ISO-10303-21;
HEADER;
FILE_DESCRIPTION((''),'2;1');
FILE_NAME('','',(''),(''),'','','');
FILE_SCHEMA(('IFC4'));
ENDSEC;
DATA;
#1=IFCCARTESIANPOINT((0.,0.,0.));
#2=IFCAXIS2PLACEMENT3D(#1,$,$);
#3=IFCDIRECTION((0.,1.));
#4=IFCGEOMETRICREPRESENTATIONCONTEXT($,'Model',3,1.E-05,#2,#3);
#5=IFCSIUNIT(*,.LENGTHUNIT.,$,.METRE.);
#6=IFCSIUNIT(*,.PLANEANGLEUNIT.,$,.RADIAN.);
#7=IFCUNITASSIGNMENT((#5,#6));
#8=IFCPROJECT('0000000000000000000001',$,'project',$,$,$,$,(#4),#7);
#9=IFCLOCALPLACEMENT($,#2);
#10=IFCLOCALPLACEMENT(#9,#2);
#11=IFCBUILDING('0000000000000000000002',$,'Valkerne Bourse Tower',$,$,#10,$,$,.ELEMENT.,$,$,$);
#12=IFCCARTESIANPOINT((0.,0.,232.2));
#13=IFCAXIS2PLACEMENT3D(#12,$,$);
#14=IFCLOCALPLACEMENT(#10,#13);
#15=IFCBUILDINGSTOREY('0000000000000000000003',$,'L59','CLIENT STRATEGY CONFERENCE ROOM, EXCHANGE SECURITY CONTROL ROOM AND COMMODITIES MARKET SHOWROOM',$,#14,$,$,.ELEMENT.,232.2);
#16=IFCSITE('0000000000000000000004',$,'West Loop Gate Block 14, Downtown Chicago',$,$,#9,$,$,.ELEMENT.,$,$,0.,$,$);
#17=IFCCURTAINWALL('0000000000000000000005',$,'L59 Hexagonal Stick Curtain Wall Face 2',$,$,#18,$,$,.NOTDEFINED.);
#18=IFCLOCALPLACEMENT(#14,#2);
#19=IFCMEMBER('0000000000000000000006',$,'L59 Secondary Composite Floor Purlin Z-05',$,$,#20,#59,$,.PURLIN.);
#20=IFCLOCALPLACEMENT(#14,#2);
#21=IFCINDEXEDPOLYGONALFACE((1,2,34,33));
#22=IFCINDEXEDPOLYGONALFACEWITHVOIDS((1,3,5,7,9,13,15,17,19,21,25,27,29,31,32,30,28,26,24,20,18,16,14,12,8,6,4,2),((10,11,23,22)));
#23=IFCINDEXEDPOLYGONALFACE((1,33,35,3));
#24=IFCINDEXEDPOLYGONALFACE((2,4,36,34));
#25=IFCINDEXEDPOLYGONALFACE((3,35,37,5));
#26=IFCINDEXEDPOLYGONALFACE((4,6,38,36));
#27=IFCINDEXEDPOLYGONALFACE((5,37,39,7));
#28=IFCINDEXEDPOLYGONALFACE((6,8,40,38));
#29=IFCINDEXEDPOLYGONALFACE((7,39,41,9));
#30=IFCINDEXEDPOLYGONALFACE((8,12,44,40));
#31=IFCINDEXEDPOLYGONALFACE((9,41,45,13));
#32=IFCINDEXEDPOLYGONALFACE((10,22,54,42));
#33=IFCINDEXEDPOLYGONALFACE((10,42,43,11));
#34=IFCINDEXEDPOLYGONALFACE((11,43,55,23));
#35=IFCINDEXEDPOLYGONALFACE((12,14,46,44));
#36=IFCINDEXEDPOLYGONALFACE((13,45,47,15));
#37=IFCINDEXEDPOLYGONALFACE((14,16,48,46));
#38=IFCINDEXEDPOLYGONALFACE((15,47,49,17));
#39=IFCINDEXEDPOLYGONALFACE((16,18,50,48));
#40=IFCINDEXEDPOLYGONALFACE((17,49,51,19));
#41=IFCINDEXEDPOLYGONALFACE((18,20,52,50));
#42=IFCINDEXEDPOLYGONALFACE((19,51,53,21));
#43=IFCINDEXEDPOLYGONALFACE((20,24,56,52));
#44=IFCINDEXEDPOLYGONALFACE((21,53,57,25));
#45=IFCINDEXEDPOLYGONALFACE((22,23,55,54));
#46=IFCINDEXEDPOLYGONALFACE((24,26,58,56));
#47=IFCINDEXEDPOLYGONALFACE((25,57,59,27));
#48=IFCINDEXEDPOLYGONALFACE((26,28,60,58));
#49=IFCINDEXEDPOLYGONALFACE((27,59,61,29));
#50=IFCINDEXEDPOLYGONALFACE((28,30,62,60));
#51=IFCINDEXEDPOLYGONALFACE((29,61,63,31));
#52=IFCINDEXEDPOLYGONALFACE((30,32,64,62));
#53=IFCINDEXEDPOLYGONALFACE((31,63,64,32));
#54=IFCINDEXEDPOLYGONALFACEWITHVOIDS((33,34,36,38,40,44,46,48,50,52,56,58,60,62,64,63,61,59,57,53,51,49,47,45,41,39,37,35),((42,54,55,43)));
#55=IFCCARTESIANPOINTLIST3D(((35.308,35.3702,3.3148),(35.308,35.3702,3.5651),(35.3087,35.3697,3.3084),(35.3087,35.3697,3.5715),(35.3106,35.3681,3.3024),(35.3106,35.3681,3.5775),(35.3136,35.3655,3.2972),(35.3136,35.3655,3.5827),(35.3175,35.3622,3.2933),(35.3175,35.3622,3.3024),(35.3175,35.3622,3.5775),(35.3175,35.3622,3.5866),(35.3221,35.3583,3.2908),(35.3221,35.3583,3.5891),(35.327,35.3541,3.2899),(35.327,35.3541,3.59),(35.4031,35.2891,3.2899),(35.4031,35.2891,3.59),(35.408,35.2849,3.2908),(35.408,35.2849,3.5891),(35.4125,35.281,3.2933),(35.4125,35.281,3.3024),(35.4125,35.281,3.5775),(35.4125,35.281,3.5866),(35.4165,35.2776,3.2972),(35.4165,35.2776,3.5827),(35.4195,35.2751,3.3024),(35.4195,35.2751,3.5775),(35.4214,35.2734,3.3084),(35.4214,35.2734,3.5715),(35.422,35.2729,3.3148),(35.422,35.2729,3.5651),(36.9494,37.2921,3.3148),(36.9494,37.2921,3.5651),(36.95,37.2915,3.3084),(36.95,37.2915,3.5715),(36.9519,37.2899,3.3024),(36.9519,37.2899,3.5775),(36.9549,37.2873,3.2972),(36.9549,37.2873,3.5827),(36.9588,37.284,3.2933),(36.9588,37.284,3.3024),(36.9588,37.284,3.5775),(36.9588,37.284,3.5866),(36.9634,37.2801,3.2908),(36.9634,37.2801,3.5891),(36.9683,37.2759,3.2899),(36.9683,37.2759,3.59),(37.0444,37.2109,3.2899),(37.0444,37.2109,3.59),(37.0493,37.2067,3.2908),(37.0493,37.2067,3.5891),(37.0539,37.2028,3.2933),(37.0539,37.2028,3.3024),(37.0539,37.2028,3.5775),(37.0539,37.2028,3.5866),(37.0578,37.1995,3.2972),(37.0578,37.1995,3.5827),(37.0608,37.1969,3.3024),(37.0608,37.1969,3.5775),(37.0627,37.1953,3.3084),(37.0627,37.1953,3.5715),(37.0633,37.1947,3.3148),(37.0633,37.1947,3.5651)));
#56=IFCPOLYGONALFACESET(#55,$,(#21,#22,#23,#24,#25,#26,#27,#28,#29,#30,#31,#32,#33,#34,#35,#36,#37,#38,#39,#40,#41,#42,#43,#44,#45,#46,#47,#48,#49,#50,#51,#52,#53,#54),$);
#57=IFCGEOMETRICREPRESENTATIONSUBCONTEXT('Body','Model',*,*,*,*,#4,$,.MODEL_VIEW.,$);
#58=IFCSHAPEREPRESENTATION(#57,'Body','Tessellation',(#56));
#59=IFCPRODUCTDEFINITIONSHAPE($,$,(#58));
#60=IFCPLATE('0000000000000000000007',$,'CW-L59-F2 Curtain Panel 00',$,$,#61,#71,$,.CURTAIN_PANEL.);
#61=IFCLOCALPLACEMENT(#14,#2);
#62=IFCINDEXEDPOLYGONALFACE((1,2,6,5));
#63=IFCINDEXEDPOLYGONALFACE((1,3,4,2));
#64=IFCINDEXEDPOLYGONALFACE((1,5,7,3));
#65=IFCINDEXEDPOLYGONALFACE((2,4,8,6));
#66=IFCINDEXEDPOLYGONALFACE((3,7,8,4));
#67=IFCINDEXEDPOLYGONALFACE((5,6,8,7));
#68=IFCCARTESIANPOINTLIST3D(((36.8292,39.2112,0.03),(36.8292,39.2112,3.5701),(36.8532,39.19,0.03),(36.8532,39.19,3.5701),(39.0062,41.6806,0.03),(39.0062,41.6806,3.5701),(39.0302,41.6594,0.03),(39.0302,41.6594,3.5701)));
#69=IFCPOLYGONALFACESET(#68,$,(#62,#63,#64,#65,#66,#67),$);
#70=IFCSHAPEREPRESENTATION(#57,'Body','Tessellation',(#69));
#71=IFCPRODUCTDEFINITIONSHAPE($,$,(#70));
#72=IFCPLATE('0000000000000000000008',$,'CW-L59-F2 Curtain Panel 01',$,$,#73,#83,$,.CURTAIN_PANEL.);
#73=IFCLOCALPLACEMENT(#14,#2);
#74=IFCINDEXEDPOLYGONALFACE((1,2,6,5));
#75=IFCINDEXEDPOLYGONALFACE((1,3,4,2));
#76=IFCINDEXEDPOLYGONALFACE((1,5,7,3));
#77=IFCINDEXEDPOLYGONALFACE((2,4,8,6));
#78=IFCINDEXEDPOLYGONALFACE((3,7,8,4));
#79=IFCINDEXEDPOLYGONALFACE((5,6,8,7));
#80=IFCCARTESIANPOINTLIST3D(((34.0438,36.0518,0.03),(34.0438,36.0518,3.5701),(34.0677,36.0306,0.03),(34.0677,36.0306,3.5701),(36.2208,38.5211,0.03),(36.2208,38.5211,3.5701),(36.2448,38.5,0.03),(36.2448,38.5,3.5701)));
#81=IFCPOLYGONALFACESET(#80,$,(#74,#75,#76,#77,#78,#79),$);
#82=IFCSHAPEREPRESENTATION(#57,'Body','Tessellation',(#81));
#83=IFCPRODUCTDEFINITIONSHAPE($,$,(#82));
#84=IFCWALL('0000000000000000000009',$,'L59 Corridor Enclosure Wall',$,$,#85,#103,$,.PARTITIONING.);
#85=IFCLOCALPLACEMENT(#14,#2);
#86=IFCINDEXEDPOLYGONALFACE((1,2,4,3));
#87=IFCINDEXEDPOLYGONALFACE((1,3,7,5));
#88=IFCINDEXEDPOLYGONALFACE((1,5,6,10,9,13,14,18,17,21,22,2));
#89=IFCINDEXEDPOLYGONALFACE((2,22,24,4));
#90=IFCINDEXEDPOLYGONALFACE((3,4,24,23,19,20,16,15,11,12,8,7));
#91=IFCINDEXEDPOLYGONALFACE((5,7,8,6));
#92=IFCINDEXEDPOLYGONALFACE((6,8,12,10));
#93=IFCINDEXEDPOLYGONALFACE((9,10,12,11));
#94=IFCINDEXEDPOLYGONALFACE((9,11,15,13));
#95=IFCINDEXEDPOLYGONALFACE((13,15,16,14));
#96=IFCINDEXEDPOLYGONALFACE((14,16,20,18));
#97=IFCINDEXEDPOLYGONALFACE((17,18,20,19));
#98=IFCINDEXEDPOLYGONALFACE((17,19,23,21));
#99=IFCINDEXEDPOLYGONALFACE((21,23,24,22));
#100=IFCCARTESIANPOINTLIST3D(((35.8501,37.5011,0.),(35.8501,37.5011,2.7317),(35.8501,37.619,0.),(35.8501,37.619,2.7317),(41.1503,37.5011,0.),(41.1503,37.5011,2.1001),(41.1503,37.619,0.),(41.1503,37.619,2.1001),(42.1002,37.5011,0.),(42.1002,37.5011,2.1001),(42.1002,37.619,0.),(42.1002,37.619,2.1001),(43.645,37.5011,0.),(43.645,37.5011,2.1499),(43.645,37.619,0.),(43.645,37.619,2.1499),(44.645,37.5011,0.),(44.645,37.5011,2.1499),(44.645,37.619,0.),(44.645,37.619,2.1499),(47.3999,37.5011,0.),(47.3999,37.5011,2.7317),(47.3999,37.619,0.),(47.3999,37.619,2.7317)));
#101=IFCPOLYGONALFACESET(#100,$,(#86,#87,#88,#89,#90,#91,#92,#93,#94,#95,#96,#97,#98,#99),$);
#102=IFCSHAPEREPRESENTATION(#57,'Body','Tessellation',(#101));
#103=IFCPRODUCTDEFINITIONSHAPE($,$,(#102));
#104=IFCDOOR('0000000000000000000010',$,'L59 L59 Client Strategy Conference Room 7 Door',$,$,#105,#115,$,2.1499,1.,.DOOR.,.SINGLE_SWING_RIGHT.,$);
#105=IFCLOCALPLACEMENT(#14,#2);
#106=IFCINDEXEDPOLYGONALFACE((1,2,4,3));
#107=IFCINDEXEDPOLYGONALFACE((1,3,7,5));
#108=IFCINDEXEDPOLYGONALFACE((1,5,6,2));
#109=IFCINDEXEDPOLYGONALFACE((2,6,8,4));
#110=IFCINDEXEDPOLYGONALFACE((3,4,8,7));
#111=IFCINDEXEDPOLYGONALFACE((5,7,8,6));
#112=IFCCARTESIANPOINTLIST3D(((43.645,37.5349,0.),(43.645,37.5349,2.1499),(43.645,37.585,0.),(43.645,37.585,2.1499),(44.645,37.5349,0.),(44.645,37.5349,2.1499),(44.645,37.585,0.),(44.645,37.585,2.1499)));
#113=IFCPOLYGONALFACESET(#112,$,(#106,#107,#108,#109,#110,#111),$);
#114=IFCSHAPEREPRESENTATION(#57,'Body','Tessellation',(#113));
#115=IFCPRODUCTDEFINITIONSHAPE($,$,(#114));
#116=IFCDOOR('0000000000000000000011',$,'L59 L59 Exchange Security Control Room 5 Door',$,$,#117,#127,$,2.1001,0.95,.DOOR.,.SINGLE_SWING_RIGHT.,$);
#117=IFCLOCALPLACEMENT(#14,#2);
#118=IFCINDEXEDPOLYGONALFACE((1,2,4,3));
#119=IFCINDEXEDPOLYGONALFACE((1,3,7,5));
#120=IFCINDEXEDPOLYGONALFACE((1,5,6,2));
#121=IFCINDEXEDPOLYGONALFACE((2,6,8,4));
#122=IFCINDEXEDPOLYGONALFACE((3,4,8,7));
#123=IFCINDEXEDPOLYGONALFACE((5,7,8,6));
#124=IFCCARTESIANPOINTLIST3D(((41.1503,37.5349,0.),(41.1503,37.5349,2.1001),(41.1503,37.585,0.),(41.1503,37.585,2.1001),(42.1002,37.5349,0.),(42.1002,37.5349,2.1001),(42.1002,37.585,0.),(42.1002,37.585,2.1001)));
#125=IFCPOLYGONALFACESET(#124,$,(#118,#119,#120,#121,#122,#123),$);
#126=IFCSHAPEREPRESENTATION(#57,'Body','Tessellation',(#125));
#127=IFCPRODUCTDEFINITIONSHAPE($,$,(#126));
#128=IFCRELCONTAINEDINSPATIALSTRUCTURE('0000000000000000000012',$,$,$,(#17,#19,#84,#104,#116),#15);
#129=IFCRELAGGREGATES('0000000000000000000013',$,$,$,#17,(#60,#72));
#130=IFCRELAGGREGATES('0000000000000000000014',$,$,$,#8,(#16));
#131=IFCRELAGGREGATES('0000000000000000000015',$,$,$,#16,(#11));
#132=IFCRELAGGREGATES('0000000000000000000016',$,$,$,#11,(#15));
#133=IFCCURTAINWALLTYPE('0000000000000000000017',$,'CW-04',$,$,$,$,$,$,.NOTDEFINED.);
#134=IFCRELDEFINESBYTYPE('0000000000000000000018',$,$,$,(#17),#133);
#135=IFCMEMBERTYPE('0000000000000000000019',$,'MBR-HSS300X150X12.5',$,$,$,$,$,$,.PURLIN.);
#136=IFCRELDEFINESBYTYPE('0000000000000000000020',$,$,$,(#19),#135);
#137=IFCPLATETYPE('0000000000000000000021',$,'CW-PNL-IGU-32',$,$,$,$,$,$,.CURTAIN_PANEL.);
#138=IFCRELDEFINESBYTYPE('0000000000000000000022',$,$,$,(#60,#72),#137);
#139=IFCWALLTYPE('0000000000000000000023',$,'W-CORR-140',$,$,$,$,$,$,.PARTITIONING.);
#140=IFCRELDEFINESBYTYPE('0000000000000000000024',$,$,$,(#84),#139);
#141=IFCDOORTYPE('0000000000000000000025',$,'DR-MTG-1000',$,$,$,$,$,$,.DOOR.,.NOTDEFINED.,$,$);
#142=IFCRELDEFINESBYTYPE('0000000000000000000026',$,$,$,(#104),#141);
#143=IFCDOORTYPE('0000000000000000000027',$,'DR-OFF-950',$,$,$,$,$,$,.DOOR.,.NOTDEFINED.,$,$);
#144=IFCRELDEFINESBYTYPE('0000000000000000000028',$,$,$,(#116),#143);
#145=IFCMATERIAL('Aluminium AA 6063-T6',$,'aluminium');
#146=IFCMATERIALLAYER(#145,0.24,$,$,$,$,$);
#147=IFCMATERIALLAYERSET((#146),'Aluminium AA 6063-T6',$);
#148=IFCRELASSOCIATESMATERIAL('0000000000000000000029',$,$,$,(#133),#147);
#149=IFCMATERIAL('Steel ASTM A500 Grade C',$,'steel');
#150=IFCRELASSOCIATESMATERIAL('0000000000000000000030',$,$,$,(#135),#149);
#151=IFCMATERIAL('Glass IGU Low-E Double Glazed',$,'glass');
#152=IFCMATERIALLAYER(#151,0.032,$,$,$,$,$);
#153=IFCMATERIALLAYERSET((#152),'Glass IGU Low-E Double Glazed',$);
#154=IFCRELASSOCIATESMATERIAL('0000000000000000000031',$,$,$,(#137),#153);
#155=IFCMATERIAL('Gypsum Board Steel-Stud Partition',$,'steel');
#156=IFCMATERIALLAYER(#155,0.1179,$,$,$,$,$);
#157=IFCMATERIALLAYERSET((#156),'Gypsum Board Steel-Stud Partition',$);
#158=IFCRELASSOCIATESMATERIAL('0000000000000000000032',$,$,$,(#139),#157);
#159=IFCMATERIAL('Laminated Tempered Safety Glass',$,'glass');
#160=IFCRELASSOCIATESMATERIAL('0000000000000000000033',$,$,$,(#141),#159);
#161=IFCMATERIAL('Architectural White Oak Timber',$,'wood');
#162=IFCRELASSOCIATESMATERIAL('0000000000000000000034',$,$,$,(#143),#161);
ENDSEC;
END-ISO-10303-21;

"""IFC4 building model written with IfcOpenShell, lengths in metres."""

from ifc_helpers import new_model, si_unit, direction, frame, frame_2d, origin, origin_2d, place, context, subcontext, project, spatial, rectangle, hollow_rectangle, extrude, material, layer, layer_set, material_profile, profile_set, type_object, element, fill, aggregate, save


model = new_model("IFC4")

# Units and contexts
model_context = context("Model", 3, precision=1e-05, world=origin(), true_north=direction((0.0, 1.0)))
body_context = subcontext(model_context, "Body", "Model", "MODEL_VIEW")
ifc_project = project(units=[si_unit("LENGTHUNIT", "METRE"), si_unit("PLANEANGLEUNIT", "RADIAN")], contexts=[model_context])

# Site, building, storey
site_placement = place(None, origin())
site = spatial("IfcSite", under=ifc_project, at=site_placement, Name="West Loop Gate Block 14, Downtown Chicago", CompositionType="ELEMENT", RefElevation=0.0)
building_placement = place(site_placement, origin())
building = spatial("IfcBuilding", under=site, at=building_placement, Name="Valkerne Bourse Tower", CompositionType="ELEMENT")
storey_placement = place(building_placement, frame((0.0, 0.0, 232.2)))
storey = spatial("IfcBuildingStorey", under=building, at=storey_placement, Name="L59", Description="CLIENT STRATEGY CONFERENCE ROOM, EXCHANGE SECURITY CONTROL ROOM AND COMMODITIES MARKET SHOWROOM", CompositionType="ELEMENT", Elevation=232.2)

# Curtain wall
ifc_material_1 = material(Name="Aluminium AA 6063-T6", Category="aluminium")
ifc_layer_1 = layer(ifc_material_1, 0.24)
ifc_layer_set_1 = layer_set([ifc_layer_1], Name="Aluminium AA 6063-T6")
curtain_wall_type = type_object("IfcCurtainWallType", Name="CW-04", PredefinedType="NOTDEFINED", material=ifc_layer_set_1)
curtain_wall_placement = place(storey_placement, origin())
curtain_wall = element("IfcCurtainWall", 1, at=curtain_wall_placement, inside=storey, type_object=curtain_wall_type, Name="L59 Hexagonal Stick Curtain Wall Face 2", PredefinedType="NOTDEFINED")

# Member
ifc_material_2 = material(Name="Steel ASTM A500 Grade C", Category="steel")
ifc_material_profile_1 = material_profile(ifc_material_2, hollow_rectangle(XDim=0.1499, YDim=0.3, WallThickness=0.0125, OuterFilletRadius=0.0249, at=origin_2d()), Name="HSS300X150X12.5")
ifc_profile_set_1 = profile_set([ifc_material_profile_1], Name="Steel ASTM A500 Grade C")
member_type_1 = type_object("IfcMemberType", Name="MBR-HSS300X150X12.5", PredefinedType="PURLIN", material=ifc_profile_set_1)
member_1_placement = place(storey_placement, frame((37.0063, 37.2434, 3.4399), z_axis=(-0.64943, -0.760421, 0.0), x_axis=(0.760421, -0.64943, 0.0)))
element("IfcMember", 2, at=member_1_placement, inside=storey, type_object=member_type_1, Name="L59 Secondary Composite Floor Purlin Z-05", PredefinedType="PURLIN", context=body_context, shape_type="SweptSolid", body=[
    extrude(hollow_rectangle(XDim=0.1499, YDim=0.3, WallThickness=0.0125, OuterFilletRadius=0.0249, at=origin_2d()), origin(), (0.0, 0.0, 1.0), 2.5273),
])

# Plates
ifc_material_3 = material(Name="Glass IGU Low-E Double Glazed", Category="glass")
ifc_layer_2 = layer(ifc_material_3, 0.032)
ifc_layer_set_2 = layer_set([ifc_layer_2], Name="Glass IGU Low-E Double Glazed")
plate_type = type_object("IfcPlateType", Name="CW-PNL-IGU-32", PredefinedType="CURTAIN_PANEL", material=ifc_layer_set_2)
plate_1_placement = place(storey_placement, frame((37.9297, 40.4353, 0.03), z_axis=(0.0, 0.0, 1.0), x_axis=(-0.661302, -0.75012, 0.0)))
plate_1 = element("IfcPlate", 3, at=plate_1_placement, type_object=plate_type, Name="CW-L59-F2 Curtain Panel 00", PredefinedType="CURTAIN_PANEL", context=body_context, shape_type="SweptSolid", body=[
    extrude(rectangle(XDim=3.292, YDim=0.032, at=origin_2d()), origin(), (0.0, 0.0, 1.0), 3.54),
])
plate_2_placement = place(storey_placement, frame((35.1443, 37.2759, 0.03), z_axis=(0.0, 0.0, 1.0), x_axis=(-0.661327, -0.750098, 0.0)))
plate_2 = element("IfcPlate", 4, at=plate_2_placement, type_object=plate_type, Name="CW-L59-F2 Curtain Panel 01", PredefinedType="CURTAIN_PANEL", context=body_context, shape_type="SweptSolid", body=[
    extrude(rectangle(XDim=3.292, YDim=0.032, at=origin_2d()), origin(), (0.0, 0.0, 1.0), 3.54),
])
aggregate(curtain_wall, [plate_1, plate_2])

# Wall, openings, doors
ifc_material_4 = material(Name="Gypsum Board Steel-Stud Partition", Category="steel")
ifc_layer_3 = layer(ifc_material_4, 0.1179)
ifc_layer_set_3 = layer_set([ifc_layer_3], Name="Gypsum Board Steel-Stud Partition")
wall_type_1 = type_object("IfcWallType", Name="W-CORR-140", PredefinedType="PARTITIONING", material=ifc_layer_set_3)
wall_1_placement = place(storey_placement, frame((35.8501, 37.5601, 0.0), z_axis=(0.0, 0.0, 1.0), x_axis=(1.0, 0.0, 0.0)))
wall_1 = element("IfcWall", 5, at=wall_1_placement, inside=storey, type_object=wall_type_1, Name="L59 Corridor Enclosure Wall", PredefinedType="PARTITIONING", context=body_context, shape_type="SweptSolid", body=[
    extrude(rectangle(XDim=11.5498, YDim=0.1179, at=frame_2d((5.7749, 0.0))), origin(), (0.0, 0.0, 1.0), 2.7317),
])
opening_1_placement = place(wall_1_placement, frame((5.3, 0.0, 0.0)))
opening_1 = element("IfcOpeningElement", 6, at=opening_1_placement, cuts=wall_1, PredefinedType="OPENING", context=body_context, shape_type="SweptSolid", body=[
    extrude(rectangle(XDim=0.95, YDim=2.1001, at=frame_2d((0.4751, 1.05))), frame((0.0, 0.0688, 0.0), z_axis=(0.0, -1.0, 0.0), x_axis=(1.0, 0.0, 0.0)), (0.0, 0.0, 1.0), 0.1379),
])
opening_2_placement = place(wall_1_placement, frame((7.7949, 0.0, 0.0)))
opening_2 = element("IfcOpeningElement", 7, at=opening_2_placement, cuts=wall_1, PredefinedType="OPENING", context=body_context, shape_type="SweptSolid", body=[
    extrude(rectangle(XDim=1.0, YDim=2.1499, at=frame_2d((0.5, 1.075))), frame((0.0, 0.0688, 0.0), z_axis=(0.0, -1.0, 0.0), x_axis=(1.0, 0.0, 0.0)), (0.0, 0.0, 1.0), 0.1379),
])
ifc_material_5 = material(Name="Laminated Tempered Safety Glass", Category="glass")
door_type_1 = type_object("IfcDoorType", Name="DR-MTG-1000", OperationType="NOTDEFINED", PredefinedType="DOOR", material=ifc_material_5)
door_1_placement = place(opening_2_placement, origin())
door_1 = element("IfcDoor", 8, at=door_1_placement, inside=storey, type_object=door_type_1, Name="L59 L59 Client Strategy Conference Room 7 Door", OperationType="SINGLE_SWING_RIGHT", OverallHeight=2.1499, OverallWidth=1.0, PredefinedType="DOOR", context=body_context, shape_type="SweptSolid", body=[
    extrude(rectangle(XDim=1.0, YDim=2.1499, at=frame_2d((0.5, 1.075))), frame((0.0, 0.0249, 0.0), z_axis=(0.0, -1.0, 0.0), x_axis=(1.0, 0.0, 0.0)), (0.0, 0.0, 1.0), 0.05),
])
fill(opening_2, door_1)
ifc_material_6 = material(Name="Architectural White Oak Timber", Category="wood")
door_type_2 = type_object("IfcDoorType", Name="DR-OFF-950", OperationType="NOTDEFINED", PredefinedType="DOOR", material=ifc_material_6)
door_2_placement = place(opening_1_placement, origin())
door_2 = element("IfcDoor", 9, at=door_2_placement, inside=storey, type_object=door_type_2, Name="L59 L59 Exchange Security Control Room 5 Door", OperationType="SINGLE_SWING_RIGHT", OverallHeight=2.1001, OverallWidth=0.95, PredefinedType="DOOR", context=body_context, shape_type="SweptSolid", body=[
    extrude(rectangle(XDim=0.95, YDim=2.1001, at=frame_2d((0.4751, 1.05))), frame((0.0, 0.0249, 0.0), z_axis=(0.0, -1.0, 0.0), x_axis=(1.0, 0.0, 0.0)), (0.0, 0.0, 1.0), 0.05),
])
fill(opening_1, door_2)

save(model, "model.ifc")
